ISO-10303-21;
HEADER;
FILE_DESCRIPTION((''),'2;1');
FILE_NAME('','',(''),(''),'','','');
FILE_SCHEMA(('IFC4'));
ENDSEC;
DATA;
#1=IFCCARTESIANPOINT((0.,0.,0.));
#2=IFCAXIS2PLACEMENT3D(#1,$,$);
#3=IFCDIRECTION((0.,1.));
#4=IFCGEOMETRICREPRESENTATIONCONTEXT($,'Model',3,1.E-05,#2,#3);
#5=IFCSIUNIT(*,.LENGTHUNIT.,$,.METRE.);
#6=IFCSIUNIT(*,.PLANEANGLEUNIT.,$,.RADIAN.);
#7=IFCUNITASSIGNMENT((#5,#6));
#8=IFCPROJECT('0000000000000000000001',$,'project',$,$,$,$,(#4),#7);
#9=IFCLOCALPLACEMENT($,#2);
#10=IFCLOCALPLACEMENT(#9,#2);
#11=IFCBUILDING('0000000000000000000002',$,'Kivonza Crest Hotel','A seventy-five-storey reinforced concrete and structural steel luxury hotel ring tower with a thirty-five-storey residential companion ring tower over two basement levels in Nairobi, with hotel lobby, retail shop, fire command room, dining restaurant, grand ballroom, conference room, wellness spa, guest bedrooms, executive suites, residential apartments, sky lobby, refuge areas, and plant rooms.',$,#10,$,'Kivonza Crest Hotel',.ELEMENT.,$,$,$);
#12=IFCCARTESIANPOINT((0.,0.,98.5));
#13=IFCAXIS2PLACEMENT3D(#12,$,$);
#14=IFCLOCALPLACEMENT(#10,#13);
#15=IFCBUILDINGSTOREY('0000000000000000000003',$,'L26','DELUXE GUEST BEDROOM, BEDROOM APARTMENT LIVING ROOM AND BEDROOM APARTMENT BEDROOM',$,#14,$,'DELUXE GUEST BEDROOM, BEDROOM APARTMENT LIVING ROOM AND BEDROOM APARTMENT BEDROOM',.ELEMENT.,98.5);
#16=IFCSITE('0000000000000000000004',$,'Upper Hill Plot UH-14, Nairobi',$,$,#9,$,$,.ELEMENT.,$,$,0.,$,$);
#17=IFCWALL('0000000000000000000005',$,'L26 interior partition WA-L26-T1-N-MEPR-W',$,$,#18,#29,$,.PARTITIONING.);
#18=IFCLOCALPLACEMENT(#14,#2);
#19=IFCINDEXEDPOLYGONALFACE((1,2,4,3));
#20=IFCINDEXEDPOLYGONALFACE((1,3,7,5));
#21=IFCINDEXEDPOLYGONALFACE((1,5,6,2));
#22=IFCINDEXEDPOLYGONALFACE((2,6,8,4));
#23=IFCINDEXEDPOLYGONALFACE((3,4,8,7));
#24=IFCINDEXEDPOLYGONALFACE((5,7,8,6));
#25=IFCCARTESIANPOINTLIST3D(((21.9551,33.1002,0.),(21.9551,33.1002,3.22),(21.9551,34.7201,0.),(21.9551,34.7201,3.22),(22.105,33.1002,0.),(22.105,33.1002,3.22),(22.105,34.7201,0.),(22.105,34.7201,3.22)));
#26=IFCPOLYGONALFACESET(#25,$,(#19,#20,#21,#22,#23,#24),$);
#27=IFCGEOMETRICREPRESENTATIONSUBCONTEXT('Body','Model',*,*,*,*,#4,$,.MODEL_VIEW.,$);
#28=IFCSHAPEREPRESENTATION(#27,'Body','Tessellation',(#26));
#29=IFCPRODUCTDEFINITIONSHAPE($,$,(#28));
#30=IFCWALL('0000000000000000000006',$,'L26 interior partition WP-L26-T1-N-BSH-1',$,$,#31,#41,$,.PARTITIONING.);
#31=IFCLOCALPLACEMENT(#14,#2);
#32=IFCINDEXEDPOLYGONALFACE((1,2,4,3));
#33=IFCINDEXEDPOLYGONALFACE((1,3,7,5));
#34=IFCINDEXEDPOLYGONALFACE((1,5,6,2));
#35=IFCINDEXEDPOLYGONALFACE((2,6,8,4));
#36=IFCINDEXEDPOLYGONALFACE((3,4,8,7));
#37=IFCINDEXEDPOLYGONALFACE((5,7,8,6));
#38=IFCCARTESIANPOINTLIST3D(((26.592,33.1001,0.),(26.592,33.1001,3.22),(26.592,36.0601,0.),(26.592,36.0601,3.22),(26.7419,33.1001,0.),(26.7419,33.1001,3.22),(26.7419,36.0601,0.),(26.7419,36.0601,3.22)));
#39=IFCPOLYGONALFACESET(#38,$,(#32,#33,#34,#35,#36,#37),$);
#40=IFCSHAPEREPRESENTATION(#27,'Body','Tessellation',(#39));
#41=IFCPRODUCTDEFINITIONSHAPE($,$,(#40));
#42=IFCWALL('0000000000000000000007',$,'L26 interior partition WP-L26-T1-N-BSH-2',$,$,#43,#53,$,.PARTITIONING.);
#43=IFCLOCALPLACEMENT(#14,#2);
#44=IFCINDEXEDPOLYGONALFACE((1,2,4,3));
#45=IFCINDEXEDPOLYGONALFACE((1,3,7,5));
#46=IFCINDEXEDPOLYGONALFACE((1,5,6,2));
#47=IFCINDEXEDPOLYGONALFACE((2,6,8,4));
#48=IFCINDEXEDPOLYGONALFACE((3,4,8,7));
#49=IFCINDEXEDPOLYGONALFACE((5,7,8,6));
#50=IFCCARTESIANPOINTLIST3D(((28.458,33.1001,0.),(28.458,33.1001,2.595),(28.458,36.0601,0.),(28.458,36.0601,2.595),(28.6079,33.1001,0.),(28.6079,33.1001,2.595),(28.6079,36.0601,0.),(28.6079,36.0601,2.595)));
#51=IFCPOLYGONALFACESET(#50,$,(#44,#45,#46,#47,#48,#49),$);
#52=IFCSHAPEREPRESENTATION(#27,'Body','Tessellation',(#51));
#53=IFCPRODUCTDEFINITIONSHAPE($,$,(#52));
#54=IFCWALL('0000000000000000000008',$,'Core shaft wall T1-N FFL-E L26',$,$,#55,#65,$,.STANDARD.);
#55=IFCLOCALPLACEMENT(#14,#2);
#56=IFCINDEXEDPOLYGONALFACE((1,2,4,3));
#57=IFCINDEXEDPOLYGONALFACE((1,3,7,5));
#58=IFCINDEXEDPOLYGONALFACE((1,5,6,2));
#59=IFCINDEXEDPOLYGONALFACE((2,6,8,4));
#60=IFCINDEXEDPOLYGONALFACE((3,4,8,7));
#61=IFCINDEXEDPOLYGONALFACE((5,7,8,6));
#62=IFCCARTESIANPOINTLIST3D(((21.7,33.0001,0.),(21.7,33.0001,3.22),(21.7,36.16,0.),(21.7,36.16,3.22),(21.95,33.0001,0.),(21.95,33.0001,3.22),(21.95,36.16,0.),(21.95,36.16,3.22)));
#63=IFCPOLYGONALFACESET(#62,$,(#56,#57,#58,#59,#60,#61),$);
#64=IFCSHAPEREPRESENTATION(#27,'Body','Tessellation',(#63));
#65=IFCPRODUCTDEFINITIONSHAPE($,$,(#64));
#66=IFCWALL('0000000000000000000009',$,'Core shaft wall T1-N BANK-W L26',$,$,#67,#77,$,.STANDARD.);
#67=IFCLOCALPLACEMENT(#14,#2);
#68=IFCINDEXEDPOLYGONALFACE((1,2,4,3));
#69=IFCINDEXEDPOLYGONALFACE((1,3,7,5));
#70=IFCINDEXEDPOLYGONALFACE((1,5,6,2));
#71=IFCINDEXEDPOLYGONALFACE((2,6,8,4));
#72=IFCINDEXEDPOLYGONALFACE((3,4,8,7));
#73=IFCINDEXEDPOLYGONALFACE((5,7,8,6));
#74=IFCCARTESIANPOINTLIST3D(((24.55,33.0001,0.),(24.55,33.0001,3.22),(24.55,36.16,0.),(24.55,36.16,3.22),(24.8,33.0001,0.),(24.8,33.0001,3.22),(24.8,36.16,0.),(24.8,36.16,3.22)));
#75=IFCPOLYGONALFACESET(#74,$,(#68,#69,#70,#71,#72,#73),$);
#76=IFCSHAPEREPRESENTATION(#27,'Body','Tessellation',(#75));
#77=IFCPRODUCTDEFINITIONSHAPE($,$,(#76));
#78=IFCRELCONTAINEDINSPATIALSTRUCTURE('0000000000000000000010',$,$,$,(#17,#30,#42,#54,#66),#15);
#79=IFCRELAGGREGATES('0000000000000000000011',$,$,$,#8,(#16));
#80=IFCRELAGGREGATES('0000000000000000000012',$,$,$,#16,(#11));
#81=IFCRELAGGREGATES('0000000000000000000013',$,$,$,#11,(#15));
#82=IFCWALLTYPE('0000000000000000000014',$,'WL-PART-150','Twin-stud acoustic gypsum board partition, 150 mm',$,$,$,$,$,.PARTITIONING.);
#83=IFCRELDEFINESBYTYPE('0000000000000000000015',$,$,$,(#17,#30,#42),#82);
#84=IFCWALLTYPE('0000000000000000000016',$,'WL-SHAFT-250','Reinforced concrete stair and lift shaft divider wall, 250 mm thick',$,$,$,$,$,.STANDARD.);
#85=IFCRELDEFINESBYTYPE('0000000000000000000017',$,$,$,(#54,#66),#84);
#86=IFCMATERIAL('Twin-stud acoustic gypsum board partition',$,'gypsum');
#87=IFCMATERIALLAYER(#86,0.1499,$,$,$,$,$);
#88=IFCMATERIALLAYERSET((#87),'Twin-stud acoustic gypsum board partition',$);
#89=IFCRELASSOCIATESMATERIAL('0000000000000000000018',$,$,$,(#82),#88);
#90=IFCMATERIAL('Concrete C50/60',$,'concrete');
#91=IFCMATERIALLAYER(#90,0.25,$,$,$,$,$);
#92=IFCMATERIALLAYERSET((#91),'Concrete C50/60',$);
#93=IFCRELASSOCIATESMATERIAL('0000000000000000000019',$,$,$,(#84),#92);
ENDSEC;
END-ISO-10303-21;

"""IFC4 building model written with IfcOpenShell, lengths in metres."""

from ifc_helpers import new_model, si_unit, direction, frame, frame_2d, origin, place, context, subcontext, project, spatial, rectangle, extrude, material, layer, layer_set, type_object, element, save


model = new_model("IFC4")

# Units and contexts
model_context = context("Model", 3, precision=1e-05, world=origin(), true_north=direction((0.0, 1.0)))
body_context = subcontext(model_context, "Body", "Model", "MODEL_VIEW")
ifc_project = project(units=[si_unit("LENGTHUNIT", "METRE"), si_unit("PLANEANGLEUNIT", "RADIAN")], contexts=[model_context])

# Site, building, storey
site_placement = place(None, origin())
site = spatial("IfcSite", under=ifc_project, at=site_placement, Name="Upper Hill Plot UH-14, Nairobi", CompositionType="ELEMENT", RefElevation=0.0)
building_placement = place(site_placement, origin())
building = spatial("IfcBuilding", under=site, at=building_placement, Name="Kivonza Crest Hotel", Description="A seventy-five-storey reinforced concrete and structural steel luxury hotel ring tower with a thirty-five-storey residential companion ring tower over two basement levels in Nairobi, with hotel lobby, retail shop, fire command room, dining restaurant, grand ballroom, conference room, wellness spa, guest bedrooms, executive suites, residential apartments, sky lobby, refuge areas, and plant rooms.", LongName="Kivonza Crest Hotel", CompositionType="ELEMENT")
storey_placement = place(building_placement, frame((0.0, 0.0, 98.5)))
storey = spatial("IfcBuildingStorey", under=building, at=storey_placement, Name="L26", Description="DELUXE GUEST BEDROOM, BEDROOM APARTMENT LIVING ROOM AND BEDROOM APARTMENT BEDROOM", LongName="DELUXE GUEST BEDROOM, BEDROOM APARTMENT LIVING ROOM AND BEDROOM APARTMENT BEDROOM", CompositionType="ELEMENT", Elevation=98.5)

# Walls
ifc_material_1 = material(Name="Twin-stud acoustic gypsum board partition", Category="gypsum")
ifc_layer_1 = layer(ifc_material_1, 0.1499)
ifc_layer_set_1 = layer_set([ifc_layer_1], Name="Twin-stud acoustic gypsum board partition")
wall_type_1 = type_object("IfcWallType", Name="WL-PART-150", Description="Twin-stud acoustic gypsum board partition, 150 mm", PredefinedType="PARTITIONING", material=ifc_layer_set_1)
wall_1_placement = place(storey_placement, frame((22.03, 33.1001, 0.0), z_axis=(0.0, 0.0, 1.0), x_axis=(0.0, 1.0, 0.0)))
element("IfcWall", 1, at=wall_1_placement, inside=storey, type_object=wall_type_1, Name="L26 interior partition WA-L26-T1-N-MEPR-W", PredefinedType="PARTITIONING", context=body_context, shape_type="SweptSolid", body=[
    extrude(rectangle(XDim=1.6199, YDim=0.1499, at=frame_2d((0.8101, 0.0))), origin(), (0.0, 0.0, 1.0), 3.22),
])
wall_2_placement = place(storey_placement, frame((26.667, 33.1001, 0.0), z_axis=(0.0, 0.0, 1.0), x_axis=(0.0, 1.0, 0.0)))
element("IfcWall", 2, at=wall_2_placement, inside=storey, type_object=wall_type_1, Name="L26 interior partition WP-L26-T1-N-BSH-1", PredefinedType="PARTITIONING", context=body_context, shape_type="SweptSolid", body=[
    extrude(rectangle(XDim=2.96, YDim=0.1499, at=frame_2d((1.48, 0.0))), origin(), (0.0, 0.0, 1.0), 3.22),
])
wall_3_placement = place(storey_placement, frame((28.533, 33.1001, 0.0), z_axis=(0.0, 0.0, 1.0), x_axis=(0.0, 1.0, 0.0)))
element("IfcWall", 3, at=wall_3_placement, inside=storey, type_object=wall_type_1, Name="L26 interior partition WP-L26-T1-N-BSH-2", PredefinedType="PARTITIONING", context=body_context, shape_type="SweptSolid", body=[
    extrude(rectangle(XDim=2.96, YDim=0.1499, at=frame_2d((1.48, 0.0))), origin(), (0.0, 0.0, 1.0), 2.595),
])

# Shared definitions
ifc_material_2 = material(Name="Concrete C50/60", Category="concrete")
ifc_layer_2 = layer(ifc_material_2, 0.25)
ifc_layer_set_2 = layer_set([ifc_layer_2], Name="Concrete C50/60")
wall_type_2 = type_object("IfcWallType", Name="WL-SHAFT-250", Description="Reinforced concrete stair and lift shaft divider wall, 250 mm thick", PredefinedType="STANDARD", material=ifc_layer_set_2)

# Walls
for number, where, z_axis, x_axis, name in (
    (4, (21.825, 33.0, 0.0), (0.0, 0.0, 1.0), (0.0, 1.0, 0.0), "Core shaft wall T1-N FFL-E L26"),
    (5, (24.675, 33.0, 0.0), (0.0, 0.0, 1.0), (0.0, 1.0, 0.0), "Core shaft wall T1-N BANK-W L26"),
):
    element("IfcWall", number, at=place(storey_placement, frame(where, z_axis=z_axis, x_axis=x_axis)), inside=storey, type_object=wall_type_2, Name=name, PredefinedType="STANDARD", context=body_context, shape_type="SweptSolid", body=[
        extrude(rectangle(XDim=3.1599, YDim=0.25, at=frame_2d((1.5801, 0.0))), origin(), (0.0, 0.0, 1.0), 3.22),
    ])

save(model, "model.ifc")
